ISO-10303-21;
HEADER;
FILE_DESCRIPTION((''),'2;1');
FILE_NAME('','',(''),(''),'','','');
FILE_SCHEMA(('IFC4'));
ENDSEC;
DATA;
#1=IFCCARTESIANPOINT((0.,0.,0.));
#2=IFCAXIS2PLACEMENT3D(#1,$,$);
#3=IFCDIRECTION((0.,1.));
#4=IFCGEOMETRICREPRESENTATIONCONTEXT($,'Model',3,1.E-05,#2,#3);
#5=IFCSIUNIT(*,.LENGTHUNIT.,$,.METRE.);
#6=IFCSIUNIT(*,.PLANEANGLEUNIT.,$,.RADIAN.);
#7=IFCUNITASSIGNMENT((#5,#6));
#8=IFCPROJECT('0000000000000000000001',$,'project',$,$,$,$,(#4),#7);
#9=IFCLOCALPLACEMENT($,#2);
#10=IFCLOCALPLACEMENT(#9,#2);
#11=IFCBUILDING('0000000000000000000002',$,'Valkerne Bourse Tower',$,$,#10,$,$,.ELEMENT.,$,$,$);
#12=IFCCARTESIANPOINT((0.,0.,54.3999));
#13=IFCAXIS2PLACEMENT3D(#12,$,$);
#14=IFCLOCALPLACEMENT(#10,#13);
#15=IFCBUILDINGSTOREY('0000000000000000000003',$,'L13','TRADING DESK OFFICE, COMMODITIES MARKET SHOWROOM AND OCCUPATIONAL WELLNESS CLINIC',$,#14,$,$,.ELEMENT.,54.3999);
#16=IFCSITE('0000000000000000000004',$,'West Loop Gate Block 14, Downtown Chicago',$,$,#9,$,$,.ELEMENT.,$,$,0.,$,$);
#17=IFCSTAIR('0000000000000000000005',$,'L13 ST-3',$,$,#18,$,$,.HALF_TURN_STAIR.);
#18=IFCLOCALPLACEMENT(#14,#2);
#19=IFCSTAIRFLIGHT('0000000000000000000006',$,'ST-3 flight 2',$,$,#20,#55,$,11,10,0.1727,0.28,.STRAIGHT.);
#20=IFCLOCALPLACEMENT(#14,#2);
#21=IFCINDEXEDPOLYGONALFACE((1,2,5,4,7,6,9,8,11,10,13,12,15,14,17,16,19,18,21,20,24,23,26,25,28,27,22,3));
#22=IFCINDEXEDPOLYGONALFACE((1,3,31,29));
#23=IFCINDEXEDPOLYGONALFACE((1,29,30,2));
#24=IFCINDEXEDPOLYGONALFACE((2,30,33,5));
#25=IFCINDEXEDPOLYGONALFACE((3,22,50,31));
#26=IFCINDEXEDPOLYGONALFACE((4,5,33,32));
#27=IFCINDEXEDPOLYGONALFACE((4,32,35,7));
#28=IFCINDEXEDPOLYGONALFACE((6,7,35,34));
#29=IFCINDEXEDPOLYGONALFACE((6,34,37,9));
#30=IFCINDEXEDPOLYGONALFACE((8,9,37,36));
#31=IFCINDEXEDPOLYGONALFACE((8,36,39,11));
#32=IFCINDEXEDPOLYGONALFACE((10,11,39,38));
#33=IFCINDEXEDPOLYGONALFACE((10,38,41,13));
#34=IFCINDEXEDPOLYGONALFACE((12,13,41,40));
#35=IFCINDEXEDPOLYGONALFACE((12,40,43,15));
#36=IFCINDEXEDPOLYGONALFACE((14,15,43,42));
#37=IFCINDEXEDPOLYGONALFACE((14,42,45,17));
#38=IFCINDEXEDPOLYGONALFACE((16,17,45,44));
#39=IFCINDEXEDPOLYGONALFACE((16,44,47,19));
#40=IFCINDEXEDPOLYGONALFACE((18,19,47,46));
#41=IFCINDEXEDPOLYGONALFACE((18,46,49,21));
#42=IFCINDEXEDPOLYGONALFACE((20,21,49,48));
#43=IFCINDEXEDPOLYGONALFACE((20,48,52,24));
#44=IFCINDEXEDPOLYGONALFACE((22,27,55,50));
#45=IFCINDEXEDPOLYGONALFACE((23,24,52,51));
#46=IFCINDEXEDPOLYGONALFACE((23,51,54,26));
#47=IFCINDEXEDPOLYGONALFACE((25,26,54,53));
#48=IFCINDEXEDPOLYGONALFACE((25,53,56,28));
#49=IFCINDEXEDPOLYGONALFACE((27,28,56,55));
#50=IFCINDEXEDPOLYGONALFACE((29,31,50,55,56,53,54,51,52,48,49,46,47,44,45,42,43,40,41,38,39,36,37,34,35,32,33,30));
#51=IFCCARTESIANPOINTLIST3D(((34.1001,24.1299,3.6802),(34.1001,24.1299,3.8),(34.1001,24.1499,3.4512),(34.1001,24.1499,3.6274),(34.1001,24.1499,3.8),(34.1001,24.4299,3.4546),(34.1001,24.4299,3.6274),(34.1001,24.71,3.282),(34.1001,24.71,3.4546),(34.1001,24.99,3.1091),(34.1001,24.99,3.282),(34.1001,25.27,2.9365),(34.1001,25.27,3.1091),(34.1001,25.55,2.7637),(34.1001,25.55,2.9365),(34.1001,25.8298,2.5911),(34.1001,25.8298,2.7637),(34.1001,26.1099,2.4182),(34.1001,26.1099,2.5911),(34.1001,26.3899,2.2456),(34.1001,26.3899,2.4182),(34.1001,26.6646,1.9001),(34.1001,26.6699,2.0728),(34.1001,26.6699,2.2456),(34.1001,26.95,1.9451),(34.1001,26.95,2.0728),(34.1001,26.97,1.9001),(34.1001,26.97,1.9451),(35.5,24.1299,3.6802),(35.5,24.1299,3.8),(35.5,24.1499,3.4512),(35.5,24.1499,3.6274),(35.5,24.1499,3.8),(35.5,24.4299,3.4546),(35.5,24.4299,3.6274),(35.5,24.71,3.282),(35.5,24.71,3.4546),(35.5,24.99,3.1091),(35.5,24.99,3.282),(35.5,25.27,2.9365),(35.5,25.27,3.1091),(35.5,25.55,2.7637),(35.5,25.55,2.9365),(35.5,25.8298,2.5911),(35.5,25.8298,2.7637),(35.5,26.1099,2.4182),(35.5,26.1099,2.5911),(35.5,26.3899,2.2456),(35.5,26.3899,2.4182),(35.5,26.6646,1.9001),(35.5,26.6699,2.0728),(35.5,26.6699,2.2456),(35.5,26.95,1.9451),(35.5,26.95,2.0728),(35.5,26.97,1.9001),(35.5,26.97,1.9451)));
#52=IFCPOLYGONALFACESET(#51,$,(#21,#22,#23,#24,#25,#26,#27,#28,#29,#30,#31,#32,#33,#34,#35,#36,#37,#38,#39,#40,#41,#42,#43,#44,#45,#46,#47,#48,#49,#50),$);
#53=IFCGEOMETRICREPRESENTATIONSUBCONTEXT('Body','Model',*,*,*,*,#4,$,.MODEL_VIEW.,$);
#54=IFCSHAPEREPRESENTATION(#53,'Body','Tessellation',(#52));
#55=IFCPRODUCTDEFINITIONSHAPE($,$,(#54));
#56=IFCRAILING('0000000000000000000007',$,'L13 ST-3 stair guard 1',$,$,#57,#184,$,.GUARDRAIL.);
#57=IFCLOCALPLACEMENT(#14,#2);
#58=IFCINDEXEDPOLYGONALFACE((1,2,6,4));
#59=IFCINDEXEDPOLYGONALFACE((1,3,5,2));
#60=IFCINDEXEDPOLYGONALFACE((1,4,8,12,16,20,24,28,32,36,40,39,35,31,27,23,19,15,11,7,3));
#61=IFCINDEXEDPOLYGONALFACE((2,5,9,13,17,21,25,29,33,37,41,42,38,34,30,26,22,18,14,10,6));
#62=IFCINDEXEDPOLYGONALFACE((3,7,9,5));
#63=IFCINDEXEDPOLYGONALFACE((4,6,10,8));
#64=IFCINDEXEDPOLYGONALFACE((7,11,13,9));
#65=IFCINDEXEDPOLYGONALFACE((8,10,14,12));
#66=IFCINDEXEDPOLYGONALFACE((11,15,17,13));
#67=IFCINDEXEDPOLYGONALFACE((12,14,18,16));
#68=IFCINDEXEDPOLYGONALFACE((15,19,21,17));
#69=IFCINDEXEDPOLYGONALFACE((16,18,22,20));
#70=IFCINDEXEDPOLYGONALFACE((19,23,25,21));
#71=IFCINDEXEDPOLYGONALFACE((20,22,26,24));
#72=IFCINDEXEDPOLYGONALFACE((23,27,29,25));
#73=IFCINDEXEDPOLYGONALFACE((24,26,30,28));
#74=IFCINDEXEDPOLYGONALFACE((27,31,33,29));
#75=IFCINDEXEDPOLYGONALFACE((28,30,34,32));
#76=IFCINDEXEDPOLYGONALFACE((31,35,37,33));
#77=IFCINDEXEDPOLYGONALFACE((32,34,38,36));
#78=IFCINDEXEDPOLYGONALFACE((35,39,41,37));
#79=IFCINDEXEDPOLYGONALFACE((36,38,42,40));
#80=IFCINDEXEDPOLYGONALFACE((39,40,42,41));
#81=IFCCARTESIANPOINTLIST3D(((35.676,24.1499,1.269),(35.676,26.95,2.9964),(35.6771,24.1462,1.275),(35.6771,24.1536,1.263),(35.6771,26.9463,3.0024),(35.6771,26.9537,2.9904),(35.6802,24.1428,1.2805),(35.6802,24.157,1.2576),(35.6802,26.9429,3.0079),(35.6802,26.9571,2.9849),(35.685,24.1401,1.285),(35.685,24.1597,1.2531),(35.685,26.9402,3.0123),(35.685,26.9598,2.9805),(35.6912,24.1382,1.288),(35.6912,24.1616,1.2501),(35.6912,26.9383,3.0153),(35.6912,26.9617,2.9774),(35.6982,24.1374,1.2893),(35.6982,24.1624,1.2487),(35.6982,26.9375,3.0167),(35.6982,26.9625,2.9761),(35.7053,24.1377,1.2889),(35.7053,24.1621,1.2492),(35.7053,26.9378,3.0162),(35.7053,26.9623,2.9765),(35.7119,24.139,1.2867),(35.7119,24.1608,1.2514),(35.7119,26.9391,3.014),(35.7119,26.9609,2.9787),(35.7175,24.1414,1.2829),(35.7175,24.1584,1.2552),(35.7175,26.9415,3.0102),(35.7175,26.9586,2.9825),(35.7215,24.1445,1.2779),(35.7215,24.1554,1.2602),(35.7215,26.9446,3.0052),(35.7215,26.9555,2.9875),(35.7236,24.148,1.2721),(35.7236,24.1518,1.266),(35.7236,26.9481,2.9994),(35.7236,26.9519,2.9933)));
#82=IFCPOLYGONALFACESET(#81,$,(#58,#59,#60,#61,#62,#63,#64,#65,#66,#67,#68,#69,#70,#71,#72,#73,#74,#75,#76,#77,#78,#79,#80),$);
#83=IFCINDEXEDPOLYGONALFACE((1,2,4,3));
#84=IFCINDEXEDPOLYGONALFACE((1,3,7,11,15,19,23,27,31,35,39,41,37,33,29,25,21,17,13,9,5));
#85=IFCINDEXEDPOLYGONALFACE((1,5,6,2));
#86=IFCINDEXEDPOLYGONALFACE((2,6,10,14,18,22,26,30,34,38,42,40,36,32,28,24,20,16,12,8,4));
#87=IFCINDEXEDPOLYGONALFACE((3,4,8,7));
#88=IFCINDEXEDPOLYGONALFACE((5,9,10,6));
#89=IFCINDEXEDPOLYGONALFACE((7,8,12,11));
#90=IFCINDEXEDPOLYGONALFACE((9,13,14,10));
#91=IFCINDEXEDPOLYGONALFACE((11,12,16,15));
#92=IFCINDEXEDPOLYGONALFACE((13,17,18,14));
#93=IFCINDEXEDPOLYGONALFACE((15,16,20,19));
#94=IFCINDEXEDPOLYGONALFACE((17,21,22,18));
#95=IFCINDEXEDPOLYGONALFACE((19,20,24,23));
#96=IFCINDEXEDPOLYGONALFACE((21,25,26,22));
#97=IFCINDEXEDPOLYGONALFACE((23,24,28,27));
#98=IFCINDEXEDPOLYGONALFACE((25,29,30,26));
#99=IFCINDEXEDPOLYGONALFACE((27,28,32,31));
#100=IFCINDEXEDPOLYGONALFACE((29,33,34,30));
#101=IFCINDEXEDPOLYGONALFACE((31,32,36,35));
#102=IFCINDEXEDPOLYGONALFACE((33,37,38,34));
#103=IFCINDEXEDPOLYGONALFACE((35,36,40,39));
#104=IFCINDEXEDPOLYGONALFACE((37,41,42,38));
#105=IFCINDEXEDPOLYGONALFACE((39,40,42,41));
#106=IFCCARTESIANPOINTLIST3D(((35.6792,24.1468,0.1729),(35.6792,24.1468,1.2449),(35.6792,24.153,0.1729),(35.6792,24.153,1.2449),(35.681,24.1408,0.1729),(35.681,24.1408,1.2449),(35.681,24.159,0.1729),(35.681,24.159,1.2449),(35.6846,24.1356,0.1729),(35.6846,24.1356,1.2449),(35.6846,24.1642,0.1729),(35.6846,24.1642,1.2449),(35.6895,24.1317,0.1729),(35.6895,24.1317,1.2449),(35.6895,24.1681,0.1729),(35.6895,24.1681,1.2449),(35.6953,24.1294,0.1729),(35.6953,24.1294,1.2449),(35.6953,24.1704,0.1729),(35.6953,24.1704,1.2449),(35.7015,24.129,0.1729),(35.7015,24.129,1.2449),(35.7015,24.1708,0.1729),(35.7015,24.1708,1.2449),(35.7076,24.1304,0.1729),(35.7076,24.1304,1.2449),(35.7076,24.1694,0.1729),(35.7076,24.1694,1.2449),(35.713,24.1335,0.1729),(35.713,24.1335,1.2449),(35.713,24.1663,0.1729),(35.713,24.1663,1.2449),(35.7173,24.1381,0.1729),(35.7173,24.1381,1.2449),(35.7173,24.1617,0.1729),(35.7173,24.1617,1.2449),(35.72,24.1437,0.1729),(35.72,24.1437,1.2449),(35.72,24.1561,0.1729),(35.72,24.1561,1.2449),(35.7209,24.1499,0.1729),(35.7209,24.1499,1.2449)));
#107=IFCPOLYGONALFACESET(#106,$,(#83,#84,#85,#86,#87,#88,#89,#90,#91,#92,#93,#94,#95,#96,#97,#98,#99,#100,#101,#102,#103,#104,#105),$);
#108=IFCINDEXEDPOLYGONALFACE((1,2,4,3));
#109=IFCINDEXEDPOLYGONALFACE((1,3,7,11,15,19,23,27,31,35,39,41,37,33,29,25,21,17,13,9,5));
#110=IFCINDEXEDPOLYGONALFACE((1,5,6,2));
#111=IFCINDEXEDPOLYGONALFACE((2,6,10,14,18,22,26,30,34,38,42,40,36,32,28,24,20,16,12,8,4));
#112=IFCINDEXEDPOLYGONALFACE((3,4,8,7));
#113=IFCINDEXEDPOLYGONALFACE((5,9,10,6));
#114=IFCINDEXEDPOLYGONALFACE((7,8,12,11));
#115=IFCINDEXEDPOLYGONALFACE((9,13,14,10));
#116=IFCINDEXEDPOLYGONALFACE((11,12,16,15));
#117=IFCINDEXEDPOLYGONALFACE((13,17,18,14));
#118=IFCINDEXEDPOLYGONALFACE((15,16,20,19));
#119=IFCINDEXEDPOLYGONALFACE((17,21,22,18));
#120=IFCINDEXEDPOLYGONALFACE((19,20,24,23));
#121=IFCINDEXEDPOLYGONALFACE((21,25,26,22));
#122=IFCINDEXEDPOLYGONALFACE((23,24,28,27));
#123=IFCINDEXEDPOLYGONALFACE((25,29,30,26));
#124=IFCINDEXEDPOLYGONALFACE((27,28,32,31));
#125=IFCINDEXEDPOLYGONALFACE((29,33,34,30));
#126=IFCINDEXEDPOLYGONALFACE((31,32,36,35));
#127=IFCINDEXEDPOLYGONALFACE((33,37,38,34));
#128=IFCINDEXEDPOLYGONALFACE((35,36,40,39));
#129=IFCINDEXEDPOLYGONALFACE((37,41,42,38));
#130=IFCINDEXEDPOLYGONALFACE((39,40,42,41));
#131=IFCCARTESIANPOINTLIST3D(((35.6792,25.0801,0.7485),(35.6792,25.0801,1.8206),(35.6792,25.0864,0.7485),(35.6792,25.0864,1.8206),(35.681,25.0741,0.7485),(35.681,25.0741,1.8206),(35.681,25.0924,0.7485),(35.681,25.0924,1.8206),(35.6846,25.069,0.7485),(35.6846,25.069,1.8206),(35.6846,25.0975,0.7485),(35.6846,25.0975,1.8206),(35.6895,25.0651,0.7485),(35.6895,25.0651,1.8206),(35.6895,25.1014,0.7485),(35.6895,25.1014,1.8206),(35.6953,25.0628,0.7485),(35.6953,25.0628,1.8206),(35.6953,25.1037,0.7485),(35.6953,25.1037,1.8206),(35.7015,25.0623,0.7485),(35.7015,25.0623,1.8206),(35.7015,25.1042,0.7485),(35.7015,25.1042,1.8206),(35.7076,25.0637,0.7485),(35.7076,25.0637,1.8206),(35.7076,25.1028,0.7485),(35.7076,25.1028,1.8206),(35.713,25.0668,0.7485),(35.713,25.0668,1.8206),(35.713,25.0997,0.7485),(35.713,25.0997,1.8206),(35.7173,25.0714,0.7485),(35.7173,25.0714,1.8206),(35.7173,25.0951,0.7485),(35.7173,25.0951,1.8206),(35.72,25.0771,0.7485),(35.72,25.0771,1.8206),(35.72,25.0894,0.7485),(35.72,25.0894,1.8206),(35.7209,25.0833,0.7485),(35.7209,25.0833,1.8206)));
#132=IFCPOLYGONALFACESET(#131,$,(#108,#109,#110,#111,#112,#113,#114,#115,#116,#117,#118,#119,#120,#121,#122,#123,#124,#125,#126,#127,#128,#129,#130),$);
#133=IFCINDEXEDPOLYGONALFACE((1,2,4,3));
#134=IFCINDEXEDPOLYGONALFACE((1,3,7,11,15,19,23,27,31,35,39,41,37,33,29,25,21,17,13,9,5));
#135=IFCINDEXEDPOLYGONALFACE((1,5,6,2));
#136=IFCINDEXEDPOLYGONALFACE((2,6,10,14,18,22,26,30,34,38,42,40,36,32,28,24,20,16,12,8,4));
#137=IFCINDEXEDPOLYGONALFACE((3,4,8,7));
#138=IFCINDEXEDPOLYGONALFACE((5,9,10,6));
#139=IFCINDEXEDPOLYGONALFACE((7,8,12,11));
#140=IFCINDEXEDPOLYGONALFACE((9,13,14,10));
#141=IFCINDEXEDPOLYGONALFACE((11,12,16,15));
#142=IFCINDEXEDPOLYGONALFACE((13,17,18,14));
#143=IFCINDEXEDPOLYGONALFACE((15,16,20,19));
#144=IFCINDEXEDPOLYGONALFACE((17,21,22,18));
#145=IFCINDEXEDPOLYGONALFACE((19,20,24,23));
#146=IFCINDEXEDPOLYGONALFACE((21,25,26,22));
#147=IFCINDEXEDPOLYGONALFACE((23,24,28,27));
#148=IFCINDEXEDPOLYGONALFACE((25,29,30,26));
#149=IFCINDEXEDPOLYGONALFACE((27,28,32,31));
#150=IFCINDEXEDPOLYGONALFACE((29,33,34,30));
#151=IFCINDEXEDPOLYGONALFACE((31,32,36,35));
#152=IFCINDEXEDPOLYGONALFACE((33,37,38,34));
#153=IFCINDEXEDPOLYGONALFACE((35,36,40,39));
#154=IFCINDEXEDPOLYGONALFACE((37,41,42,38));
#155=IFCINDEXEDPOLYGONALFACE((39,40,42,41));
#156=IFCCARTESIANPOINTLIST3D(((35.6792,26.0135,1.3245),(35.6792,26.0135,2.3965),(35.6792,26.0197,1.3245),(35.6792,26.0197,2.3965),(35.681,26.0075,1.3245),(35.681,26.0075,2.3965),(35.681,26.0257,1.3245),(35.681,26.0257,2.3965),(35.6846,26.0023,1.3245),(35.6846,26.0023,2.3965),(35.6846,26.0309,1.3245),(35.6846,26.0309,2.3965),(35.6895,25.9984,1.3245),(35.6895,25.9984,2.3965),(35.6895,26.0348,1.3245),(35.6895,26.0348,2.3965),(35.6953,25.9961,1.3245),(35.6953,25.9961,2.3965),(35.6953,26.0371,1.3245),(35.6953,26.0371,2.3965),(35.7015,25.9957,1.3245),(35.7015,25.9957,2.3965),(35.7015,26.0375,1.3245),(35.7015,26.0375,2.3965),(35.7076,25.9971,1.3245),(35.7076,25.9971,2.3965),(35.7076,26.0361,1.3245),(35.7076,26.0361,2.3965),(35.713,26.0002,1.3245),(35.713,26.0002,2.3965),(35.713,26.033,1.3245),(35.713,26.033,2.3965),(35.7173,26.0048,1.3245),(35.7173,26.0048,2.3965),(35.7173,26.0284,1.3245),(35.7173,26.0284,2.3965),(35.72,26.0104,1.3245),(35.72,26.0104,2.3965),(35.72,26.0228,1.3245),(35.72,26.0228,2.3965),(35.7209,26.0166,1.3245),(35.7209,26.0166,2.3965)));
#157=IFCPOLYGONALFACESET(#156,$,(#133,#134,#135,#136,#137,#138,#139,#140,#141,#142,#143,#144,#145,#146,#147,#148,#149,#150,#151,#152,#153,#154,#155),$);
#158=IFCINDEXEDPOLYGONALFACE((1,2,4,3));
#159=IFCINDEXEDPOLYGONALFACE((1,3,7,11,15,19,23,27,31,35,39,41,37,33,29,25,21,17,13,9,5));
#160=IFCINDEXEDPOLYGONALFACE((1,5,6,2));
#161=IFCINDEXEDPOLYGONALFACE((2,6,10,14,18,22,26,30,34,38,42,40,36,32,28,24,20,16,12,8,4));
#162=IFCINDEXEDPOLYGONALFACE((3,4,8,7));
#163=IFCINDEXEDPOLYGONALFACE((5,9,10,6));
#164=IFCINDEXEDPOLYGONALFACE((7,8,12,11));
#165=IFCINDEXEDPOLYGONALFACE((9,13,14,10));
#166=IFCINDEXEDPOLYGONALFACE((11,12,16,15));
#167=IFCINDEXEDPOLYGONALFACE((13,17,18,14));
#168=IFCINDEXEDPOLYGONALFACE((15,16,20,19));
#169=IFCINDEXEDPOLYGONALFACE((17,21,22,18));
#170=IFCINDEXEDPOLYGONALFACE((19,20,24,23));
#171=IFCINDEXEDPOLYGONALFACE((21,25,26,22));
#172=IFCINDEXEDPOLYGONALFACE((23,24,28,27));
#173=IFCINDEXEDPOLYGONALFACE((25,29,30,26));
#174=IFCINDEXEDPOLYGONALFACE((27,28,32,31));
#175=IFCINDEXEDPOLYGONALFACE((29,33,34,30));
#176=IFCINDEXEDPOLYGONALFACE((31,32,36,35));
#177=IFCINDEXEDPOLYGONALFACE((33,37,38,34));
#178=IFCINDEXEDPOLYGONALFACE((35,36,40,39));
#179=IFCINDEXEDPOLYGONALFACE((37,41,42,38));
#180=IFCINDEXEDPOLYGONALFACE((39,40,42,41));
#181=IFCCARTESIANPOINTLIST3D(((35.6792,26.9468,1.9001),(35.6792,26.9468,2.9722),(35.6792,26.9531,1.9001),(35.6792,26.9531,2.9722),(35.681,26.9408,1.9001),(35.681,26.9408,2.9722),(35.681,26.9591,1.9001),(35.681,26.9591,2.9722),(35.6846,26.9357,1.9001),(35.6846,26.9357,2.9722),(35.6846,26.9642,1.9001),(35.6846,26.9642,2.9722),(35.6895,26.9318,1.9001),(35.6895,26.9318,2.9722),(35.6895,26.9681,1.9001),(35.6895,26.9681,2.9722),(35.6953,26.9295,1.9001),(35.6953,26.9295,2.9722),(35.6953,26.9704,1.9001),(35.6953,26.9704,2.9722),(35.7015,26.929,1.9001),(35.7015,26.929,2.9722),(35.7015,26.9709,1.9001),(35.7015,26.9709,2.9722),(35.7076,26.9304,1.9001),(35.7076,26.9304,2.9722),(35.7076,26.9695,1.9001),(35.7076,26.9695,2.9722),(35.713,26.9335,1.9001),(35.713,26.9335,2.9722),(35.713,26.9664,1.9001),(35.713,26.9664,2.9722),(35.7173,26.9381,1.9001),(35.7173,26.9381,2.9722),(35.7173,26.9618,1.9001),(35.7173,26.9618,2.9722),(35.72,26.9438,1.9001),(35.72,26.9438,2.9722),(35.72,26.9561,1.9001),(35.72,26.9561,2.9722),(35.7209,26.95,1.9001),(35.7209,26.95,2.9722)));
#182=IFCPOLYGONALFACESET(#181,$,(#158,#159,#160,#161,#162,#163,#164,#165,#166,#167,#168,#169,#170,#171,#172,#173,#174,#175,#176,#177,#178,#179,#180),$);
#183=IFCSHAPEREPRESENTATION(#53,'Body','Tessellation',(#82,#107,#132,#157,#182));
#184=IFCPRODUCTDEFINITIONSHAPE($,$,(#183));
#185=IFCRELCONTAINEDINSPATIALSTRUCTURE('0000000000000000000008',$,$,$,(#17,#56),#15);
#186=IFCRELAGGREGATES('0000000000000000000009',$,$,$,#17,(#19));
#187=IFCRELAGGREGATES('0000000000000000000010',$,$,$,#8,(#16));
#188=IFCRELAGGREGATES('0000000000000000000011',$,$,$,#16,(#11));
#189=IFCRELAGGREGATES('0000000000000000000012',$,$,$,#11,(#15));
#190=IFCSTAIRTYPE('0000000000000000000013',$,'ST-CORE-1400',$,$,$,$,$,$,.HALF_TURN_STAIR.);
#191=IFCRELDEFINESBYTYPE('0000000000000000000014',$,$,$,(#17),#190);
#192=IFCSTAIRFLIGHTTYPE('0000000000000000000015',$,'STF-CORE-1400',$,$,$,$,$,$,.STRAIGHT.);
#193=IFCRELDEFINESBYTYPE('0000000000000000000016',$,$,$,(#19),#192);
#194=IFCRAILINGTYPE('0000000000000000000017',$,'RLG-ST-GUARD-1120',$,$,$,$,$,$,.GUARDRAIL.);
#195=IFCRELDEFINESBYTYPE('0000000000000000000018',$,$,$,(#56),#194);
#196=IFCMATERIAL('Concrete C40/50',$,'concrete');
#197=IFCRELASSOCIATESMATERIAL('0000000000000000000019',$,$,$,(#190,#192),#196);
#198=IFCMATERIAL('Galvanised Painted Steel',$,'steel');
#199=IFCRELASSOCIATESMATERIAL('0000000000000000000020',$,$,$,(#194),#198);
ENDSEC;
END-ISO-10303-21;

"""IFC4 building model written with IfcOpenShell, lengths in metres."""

from ifc_helpers import new_model, si_unit, direction, frame, origin, origin_2d, place, context, subcontext, project, spatial, polyline, circle, outline, extrude, material, type_object, element, aggregate, save


model = new_model("IFC4")

# Units and contexts
model_context = context("Model", 3, precision=1e-05, world=origin(), true_north=direction((0.0, 1.0)))
body_context = subcontext(model_context, "Body", "Model", "MODEL_VIEW")
ifc_project = project(units=[si_unit("LENGTHUNIT", "METRE"), si_unit("PLANEANGLEUNIT", "RADIAN")], contexts=[model_context])

# Site, building, storey
site_placement = place(None, origin())
site = spatial("IfcSite", under=ifc_project, at=site_placement, Name="West Loop Gate Block 14, Downtown Chicago", CompositionType="ELEMENT", RefElevation=0.0)
building_placement = place(site_placement, origin())
building = spatial("IfcBuilding", under=site, at=building_placement, Name="Valkerne Bourse Tower", CompositionType="ELEMENT")
storey_placement = place(building_placement, frame((0.0, 0.0, 54.3999)))
storey = spatial("IfcBuildingStorey", under=building, at=storey_placement, Name="L13", Description="TRADING DESK OFFICE, COMMODITIES MARKET SHOWROOM AND OCCUPATIONAL WELLNESS CLINIC", CompositionType="ELEMENT", Elevation=54.3999)

# Shared definitions
ifc_material_1 = material(Name="Concrete C40/50", Category="concrete")
ifc_material_2 = material(Name="Galvanised Painted Steel", Category="steel")

# Stair, stair flight
stair_type = type_object("IfcStairType", Name="ST-CORE-1400", PredefinedType="HALF_TURN_STAIR", material=ifc_material_1)
stair_placement = place(storey_placement, origin())
stair = element("IfcStair", 1, at=stair_placement, inside=storey, type_object=stair_type, Name="L13 ST-3", PredefinedType="HALF_TURN_STAIR")
stair_flight_type = type_object("IfcStairFlightType", Name="STF-CORE-1400", PredefinedType="STRAIGHT", material=ifc_material_1)
stair_flight_1_placement = place(storey_placement, frame((34.8, 26.95, 1.9001), z_axis=(0.0, 0.0, 1.0), x_axis=(0.0, -1.0, 0.0)))
stair_flight_1 = element("IfcStairFlight", 2, at=stair_flight_1_placement, type_object=stair_flight_type, Name="ST-3 flight 2", NumberOfRisers=11, NumberOfTreads=10, PredefinedType="STRAIGHT", RiserHeight=0.1727, TreadLength=0.28, context=body_context, shape_type="SweptSolid", body=[
    extrude(outline(polyline([(-0.02, 0.0), (-0.02, 0.0449), (0.0, 0.0449), (0.0, 0.1726), (0.28, 0.1726), (0.28, 0.3455), (0.5601, 0.3455), (0.5601, 0.5181), (0.8401, 0.5181), (0.8401, 0.6909), (1.1201, 0.6909), (1.1201, 0.8635), (1.3999, 0.8635), (1.3999, 1.0364), (1.6799, 1.0364), (1.6799, 1.209), (1.96, 1.209), (1.96, 1.3818), (2.24, 1.3818), (2.24, 1.5544), (2.52, 1.5544), (2.52, 1.7273), (2.8, 1.7273), (2.8, 1.8999), (2.8201, 1.8999), (2.8201, 1.78), (2.8, 1.551), (0.2854, 0.0), (-0.02, 0.0)])), frame((0.0, 0.7, 0.0), z_axis=(0.0, -1.0, 0.0), x_axis=(1.0, 0.0, 0.0)), (0.0, 0.0, 1.0), 1.3999),
])
aggregate(stair, [stair_flight_1])

# Railing
railing_type_1 = type_object("IfcRailingType", Name="RLG-ST-GUARD-1120", PredefinedType="GUARDRAIL", material=ifc_material_2)
railing_1_placement = place(storey_placement, frame((35.7, 24.1499, 0.1729)))
element("IfcRailing", 3, at=railing_1_placement, inside=storey, type_object=railing_type_1, Name="L13 ST-3 stair guard 1", PredefinedType="GUARDRAIL", context=body_context, shape_type="SweptSolid", body=[
    extrude(circle(Radius=0.0239, at=origin_2d()), frame((0.0, 0.0, 1.0962), z_axis=(0.0, 0.85109, 0.52502), x_axis=(-1.0, 0.0, 0.0)), (0.0, 0.0, 1.0), 3.29),
    extrude(circle(Radius=0.021, at=origin_2d()), origin(), (0.0, 0.0, 1.0), 1.072),
    extrude(circle(Radius=0.021, at=origin_2d()), frame((0.0, 0.9333, 0.5757)), (0.0, 0.0, 1.0), 1.072),
    extrude(circle(Radius=0.021, at=origin_2d()), frame((0.0, 1.8667, 1.1516)), (0.0, 0.0, 1.0), 1.072),
    extrude(circle(Radius=0.021, at=origin_2d()), frame((0.0, 2.8, 1.7273)), (0.0, 0.0, 1.0), 1.072),
])

save(model, "model.ifc")
